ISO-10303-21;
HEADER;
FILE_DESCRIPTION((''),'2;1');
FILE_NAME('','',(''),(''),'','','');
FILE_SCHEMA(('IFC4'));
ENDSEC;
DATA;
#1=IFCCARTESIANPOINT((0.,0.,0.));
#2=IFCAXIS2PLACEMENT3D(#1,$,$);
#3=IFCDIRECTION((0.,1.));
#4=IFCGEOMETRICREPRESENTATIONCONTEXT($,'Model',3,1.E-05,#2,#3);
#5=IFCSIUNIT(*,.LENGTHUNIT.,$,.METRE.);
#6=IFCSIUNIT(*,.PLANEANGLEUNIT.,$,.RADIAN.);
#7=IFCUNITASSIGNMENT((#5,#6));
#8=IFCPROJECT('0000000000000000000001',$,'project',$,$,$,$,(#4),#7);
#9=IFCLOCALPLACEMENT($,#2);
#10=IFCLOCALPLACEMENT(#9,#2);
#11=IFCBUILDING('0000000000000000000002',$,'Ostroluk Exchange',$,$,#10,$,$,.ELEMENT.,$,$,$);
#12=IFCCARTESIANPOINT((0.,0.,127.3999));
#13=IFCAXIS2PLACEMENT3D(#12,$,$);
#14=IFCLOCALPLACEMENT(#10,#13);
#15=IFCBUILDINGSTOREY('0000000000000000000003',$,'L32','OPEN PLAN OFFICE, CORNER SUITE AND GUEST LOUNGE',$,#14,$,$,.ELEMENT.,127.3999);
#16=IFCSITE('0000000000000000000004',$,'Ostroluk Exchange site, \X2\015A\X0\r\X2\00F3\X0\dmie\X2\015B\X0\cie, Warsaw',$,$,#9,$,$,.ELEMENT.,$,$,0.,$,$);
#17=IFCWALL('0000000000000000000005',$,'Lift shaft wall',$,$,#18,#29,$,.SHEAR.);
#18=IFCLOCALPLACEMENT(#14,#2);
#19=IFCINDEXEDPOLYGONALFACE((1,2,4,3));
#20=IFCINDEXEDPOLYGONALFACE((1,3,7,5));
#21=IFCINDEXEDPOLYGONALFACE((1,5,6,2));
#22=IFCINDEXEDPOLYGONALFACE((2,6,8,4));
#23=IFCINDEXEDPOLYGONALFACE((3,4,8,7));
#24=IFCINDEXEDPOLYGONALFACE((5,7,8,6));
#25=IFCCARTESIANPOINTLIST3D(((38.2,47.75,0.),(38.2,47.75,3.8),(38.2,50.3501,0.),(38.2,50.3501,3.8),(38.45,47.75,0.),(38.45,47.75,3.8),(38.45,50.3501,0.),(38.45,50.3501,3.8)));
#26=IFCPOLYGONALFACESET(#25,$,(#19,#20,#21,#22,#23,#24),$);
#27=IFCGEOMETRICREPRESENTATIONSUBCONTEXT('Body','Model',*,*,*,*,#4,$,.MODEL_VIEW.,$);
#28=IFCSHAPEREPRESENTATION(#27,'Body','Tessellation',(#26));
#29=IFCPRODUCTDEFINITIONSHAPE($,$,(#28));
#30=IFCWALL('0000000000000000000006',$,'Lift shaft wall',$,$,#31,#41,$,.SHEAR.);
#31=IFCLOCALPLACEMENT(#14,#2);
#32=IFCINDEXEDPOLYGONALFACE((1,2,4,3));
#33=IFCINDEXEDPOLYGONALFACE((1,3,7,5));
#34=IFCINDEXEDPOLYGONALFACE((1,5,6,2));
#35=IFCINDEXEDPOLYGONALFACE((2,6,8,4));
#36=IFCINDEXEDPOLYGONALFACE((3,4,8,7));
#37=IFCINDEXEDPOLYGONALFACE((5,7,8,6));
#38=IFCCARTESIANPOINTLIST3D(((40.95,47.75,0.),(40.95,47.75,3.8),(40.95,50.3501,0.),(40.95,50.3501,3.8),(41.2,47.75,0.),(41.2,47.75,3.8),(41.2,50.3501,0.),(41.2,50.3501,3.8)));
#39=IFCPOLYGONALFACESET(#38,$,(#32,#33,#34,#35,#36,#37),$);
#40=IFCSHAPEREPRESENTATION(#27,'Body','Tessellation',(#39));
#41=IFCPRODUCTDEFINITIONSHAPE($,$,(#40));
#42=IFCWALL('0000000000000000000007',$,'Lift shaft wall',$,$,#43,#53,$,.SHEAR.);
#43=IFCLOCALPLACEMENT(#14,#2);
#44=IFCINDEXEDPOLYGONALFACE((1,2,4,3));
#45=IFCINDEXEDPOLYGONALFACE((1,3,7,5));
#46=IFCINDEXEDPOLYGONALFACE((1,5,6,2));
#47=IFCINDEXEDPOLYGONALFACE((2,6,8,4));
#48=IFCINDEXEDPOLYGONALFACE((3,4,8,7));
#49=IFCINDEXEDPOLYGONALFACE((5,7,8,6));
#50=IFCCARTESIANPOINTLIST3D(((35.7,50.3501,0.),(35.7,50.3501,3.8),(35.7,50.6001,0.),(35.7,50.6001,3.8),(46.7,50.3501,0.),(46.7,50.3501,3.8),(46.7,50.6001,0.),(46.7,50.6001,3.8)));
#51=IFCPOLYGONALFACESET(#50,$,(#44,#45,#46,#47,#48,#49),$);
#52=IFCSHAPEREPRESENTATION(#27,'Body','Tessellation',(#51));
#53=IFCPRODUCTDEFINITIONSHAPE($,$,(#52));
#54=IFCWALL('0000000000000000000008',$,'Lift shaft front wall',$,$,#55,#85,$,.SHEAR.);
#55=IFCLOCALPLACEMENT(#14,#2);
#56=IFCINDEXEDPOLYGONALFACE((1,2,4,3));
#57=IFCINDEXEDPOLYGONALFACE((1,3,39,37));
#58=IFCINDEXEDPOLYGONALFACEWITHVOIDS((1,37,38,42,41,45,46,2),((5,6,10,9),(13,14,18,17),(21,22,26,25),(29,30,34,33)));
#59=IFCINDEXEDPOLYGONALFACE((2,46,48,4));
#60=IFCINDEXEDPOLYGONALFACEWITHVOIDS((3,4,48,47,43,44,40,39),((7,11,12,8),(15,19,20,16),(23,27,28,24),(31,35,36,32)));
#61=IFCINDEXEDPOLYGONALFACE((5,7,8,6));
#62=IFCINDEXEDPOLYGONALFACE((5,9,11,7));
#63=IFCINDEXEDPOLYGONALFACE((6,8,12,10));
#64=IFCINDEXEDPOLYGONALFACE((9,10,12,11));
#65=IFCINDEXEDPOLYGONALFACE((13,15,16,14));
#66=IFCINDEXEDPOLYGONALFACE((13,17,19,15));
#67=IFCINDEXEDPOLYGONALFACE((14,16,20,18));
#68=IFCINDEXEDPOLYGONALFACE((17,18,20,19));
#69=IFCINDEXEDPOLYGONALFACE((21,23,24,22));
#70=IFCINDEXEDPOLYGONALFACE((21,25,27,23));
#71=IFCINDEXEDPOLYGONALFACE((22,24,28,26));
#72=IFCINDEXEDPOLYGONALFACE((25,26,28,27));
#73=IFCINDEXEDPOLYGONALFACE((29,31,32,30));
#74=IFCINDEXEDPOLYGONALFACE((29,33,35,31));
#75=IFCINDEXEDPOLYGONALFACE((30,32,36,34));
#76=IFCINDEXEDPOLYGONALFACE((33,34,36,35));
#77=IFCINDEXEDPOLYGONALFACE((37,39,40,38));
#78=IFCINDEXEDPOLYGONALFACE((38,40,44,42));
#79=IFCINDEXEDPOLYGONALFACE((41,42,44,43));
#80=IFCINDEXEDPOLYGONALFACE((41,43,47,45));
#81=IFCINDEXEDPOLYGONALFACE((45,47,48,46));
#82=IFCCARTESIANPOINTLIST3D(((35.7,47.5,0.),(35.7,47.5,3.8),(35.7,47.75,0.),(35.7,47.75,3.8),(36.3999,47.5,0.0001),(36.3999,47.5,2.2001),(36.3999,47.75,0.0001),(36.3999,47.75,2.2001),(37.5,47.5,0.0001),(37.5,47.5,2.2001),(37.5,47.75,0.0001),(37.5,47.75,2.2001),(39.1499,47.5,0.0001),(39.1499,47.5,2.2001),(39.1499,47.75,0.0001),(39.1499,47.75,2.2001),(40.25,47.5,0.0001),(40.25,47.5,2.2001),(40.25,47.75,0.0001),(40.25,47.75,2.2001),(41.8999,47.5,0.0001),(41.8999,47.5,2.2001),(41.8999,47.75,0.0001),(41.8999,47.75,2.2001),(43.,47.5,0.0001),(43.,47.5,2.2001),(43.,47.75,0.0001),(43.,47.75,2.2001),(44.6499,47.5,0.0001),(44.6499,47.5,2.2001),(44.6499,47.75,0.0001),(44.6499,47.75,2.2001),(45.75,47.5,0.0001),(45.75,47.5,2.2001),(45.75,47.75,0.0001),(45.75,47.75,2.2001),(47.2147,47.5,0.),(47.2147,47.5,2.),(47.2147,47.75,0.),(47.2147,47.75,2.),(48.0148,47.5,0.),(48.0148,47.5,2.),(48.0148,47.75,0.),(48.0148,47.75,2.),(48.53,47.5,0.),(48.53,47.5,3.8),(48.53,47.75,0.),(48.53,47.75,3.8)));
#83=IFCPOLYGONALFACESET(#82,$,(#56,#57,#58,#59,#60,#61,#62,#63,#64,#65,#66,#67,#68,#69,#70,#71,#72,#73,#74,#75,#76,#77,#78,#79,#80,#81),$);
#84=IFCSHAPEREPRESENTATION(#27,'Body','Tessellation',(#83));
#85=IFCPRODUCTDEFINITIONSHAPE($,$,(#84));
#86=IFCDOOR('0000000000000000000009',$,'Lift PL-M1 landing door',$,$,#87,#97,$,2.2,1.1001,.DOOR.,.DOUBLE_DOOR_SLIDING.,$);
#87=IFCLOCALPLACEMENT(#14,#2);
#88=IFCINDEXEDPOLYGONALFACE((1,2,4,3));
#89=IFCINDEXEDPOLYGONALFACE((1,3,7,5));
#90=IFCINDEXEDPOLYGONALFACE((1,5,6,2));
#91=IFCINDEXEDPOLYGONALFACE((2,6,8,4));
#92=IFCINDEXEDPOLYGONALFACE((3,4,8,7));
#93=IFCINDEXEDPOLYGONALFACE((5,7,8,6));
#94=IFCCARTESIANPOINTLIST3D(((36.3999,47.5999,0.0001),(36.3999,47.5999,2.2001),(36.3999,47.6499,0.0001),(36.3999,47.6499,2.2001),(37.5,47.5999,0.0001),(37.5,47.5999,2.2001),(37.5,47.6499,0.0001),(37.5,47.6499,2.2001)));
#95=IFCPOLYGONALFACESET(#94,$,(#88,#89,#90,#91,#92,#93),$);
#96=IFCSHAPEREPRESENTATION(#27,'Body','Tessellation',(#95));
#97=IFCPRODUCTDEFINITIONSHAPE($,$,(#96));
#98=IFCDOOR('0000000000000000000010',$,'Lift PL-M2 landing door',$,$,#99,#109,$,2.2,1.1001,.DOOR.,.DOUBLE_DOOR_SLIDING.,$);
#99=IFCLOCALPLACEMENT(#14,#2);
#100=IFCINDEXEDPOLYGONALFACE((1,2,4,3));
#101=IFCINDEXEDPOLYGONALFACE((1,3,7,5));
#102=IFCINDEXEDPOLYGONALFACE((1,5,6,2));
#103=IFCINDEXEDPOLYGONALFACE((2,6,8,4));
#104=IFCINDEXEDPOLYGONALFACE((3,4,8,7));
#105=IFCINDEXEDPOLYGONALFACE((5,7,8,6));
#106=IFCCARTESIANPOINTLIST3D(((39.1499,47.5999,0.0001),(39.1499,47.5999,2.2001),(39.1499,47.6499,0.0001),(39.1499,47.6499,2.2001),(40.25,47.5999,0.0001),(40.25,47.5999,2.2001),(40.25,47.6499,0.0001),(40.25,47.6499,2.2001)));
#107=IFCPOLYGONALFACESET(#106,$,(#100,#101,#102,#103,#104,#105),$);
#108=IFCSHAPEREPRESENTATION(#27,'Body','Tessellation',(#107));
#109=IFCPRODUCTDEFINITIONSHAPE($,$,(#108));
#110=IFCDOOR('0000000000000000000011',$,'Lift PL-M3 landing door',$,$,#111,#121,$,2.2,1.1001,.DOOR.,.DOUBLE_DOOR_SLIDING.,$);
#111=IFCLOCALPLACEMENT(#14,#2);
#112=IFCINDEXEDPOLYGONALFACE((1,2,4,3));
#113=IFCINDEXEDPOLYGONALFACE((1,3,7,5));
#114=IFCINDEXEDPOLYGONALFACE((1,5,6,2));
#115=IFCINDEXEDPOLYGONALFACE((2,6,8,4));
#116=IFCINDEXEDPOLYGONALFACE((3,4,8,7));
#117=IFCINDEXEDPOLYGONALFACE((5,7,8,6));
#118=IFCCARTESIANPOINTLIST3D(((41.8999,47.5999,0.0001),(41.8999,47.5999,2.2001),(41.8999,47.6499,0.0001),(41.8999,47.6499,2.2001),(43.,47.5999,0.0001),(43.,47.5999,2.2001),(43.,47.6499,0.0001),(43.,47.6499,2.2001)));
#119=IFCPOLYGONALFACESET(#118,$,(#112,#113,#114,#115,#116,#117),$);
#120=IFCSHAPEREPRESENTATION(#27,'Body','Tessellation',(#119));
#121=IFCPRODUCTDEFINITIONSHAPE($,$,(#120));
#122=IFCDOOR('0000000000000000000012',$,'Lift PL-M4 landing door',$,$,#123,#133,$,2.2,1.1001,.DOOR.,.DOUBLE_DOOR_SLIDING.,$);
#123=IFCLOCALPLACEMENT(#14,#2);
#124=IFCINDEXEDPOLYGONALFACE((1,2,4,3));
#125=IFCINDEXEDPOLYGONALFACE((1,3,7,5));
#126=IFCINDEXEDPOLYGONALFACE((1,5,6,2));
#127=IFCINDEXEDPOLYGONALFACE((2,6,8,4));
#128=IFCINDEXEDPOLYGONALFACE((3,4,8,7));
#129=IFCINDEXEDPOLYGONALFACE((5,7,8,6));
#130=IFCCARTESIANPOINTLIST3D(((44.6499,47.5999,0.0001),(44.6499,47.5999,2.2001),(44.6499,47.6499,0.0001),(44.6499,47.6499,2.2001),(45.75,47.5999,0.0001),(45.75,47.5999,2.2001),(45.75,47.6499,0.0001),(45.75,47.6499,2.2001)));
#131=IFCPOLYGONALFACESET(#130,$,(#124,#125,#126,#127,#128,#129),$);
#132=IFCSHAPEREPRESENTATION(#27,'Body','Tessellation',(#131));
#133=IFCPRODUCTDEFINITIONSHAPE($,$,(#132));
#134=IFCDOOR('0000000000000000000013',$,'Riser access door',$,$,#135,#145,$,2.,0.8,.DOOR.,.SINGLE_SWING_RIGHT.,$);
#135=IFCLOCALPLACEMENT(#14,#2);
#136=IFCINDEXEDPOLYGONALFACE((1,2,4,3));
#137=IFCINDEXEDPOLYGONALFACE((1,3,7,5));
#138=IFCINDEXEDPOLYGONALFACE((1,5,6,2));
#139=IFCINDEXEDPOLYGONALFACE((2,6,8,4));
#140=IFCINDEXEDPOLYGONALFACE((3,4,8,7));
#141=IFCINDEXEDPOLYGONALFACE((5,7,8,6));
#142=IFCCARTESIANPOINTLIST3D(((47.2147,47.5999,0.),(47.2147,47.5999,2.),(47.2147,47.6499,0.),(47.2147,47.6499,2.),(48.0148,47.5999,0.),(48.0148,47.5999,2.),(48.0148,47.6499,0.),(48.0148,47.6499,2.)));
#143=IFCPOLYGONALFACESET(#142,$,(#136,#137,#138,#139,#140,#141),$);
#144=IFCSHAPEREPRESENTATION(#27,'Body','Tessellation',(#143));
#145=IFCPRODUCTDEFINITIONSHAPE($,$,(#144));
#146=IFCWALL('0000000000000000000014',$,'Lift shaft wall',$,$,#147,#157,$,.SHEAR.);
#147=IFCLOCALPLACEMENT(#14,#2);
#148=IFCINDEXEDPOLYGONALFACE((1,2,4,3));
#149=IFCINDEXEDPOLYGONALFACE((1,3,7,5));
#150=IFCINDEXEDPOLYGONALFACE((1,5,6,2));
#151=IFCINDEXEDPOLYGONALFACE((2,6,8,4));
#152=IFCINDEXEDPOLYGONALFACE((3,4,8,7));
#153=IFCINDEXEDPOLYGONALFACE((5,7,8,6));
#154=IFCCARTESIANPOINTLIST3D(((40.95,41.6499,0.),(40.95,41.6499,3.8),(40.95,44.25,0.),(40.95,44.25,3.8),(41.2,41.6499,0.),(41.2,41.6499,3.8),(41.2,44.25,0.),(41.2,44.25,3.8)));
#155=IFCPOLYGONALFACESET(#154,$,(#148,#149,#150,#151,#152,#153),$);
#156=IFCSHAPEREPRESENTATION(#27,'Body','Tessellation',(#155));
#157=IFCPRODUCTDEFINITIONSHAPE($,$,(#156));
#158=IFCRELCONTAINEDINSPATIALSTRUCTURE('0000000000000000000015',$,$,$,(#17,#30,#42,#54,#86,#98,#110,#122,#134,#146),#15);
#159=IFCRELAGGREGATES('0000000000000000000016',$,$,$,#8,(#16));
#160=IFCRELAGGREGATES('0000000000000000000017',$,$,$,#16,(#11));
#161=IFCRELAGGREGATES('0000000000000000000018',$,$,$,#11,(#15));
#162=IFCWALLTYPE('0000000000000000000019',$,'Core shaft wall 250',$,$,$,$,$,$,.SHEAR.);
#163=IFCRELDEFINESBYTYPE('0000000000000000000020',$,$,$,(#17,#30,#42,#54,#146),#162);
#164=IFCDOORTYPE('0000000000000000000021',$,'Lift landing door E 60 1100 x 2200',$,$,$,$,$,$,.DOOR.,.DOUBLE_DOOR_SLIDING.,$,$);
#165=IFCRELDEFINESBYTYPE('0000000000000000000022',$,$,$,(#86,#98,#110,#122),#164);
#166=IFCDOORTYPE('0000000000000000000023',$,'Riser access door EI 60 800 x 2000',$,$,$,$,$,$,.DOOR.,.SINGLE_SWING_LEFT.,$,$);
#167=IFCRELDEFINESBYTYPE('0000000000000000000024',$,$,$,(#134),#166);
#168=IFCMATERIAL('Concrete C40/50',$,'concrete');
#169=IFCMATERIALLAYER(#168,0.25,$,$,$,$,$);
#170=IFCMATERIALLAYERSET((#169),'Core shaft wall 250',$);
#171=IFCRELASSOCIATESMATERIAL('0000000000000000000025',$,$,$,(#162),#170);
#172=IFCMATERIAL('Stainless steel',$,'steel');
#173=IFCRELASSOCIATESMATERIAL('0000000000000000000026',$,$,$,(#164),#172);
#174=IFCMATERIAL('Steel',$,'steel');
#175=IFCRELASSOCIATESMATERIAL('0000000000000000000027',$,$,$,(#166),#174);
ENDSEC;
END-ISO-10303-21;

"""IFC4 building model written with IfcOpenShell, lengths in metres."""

from ifc_helpers import new_model, si_unit, direction, frame, frame_2d, origin, place, context, subcontext, project, spatial, rectangle, extrude, material, layer, layer_set, type_object, element, fill, save


model = new_model("IFC4")

# Units and contexts
model_context = context("Model", 3, precision=1e-05, world=origin(), true_north=direction((0.0, 1.0)))
body_context = subcontext(model_context, "Body", "Model", "MODEL_VIEW")
ifc_project = project(units=[si_unit("LENGTHUNIT", "METRE"), si_unit("PLANEANGLEUNIT", "RADIAN")], contexts=[model_context])

# Site, building, storey
site_placement = place(None, origin())
site = spatial("IfcSite", under=ifc_project, at=site_placement, Name="Ostroluk Exchange site, Śródmieście, Warsaw", CompositionType="ELEMENT", RefElevation=0.0)
building_placement = place(site_placement, origin())
building = spatial("IfcBuilding", under=site, at=building_placement, Name="Ostroluk Exchange", CompositionType="ELEMENT")
storey_placement = place(building_placement, frame((0.0, 0.0, 127.3999)))
storey = spatial("IfcBuildingStorey", under=building, at=storey_placement, Name="L32", Description="OPEN PLAN OFFICE, CORNER SUITE AND GUEST LOUNGE", CompositionType="ELEMENT", Elevation=127.3999)

# Walls
ifc_material_1 = material(Name="Concrete C40/50", Category="concrete")
ifc_layer = layer(ifc_material_1, 0.25)
ifc_layer_set = layer_set([ifc_layer], Name="Core shaft wall 250")
wall_type = type_object("IfcWallType", Name="Core shaft wall 250", PredefinedType="SHEAR", material=ifc_layer_set)
for number, where, z_axis, x_axis, name in (
    (1, (38.325, 47.75, 0.0), (0.0, 0.0, 1.0), (0.0, 1.0, 0.0), "Lift shaft wall"),
    (2, (41.075, 47.75, 0.0), (0.0, 0.0, 1.0), (0.0, 1.0, 0.0), "Lift shaft wall"),
):
    element("IfcWall", number, at=place(storey_placement, frame(where, z_axis=z_axis, x_axis=x_axis)), inside=storey, type_object=wall_type, Name=name, PredefinedType="SHEAR", context=body_context, shape_type="SweptSolid", body=[
        extrude(rectangle(XDim=2.6001, YDim=0.25, at=frame_2d((1.3, 0.0))), origin(), (0.0, 0.0, 1.0), 3.8),
    ])
wall_1_placement = place(storey_placement, frame((35.7, 50.4751, 0.0), z_axis=(0.0, 0.0, 1.0), x_axis=(1.0, 0.0, 0.0)))
element("IfcWall", 3, at=wall_1_placement, inside=storey, type_object=wall_type, Name="Lift shaft wall", PredefinedType="SHEAR", context=body_context, shape_type="SweptSolid", body=[
    extrude(rectangle(XDim=11.0, YDim=0.25, at=frame_2d((5.5, 0.0))), origin(), (0.0, 0.0, 1.0), 3.8),
])

# Wall, openings, doors
wall_2_placement = place(storey_placement, frame((35.7, 47.625, 0.0), z_axis=(0.0, 0.0, 1.0), x_axis=(1.0, 0.0, 0.0)))
wall_2 = element("IfcWall", 4, at=wall_2_placement, inside=storey, type_object=wall_type, Name="Lift shaft front wall", PredefinedType="SHEAR", context=body_context, shape_type="SweptSolid", body=[
    extrude(rectangle(XDim=12.8301, YDim=0.25, at=frame_2d((6.415, 0.0))), origin(), (0.0, 0.0, 1.0), 3.8),
])
opening_1_placement = place(wall_2_placement, frame((0.7, 0.0, 0.0)))
opening_1 = element("IfcOpeningElement", 5, at=opening_1_placement, cuts=wall_2, PredefinedType="OPENING", context=body_context, shape_type="SweptSolid", body=[
    extrude(rectangle(XDim=1.1001, YDim=2.2, at=frame_2d((0.55, 1.1001))), frame((0.0, 0.135, 0.0), z_axis=(0.0, -1.0, 0.0), x_axis=(1.0, 0.0, 0.0)), (0.0, 0.0, 1.0), 0.27),
])
opening_2_placement = place(wall_2_placement, frame((3.45, 0.0, 0.0)))
opening_2 = element("IfcOpeningElement", 6, at=opening_2_placement, cuts=wall_2, PredefinedType="OPENING", context=body_context, shape_type="SweptSolid", body=[
    extrude(rectangle(XDim=1.1001, YDim=2.2, at=frame_2d((0.55, 1.1001))), frame((0.0, 0.135, 0.0), z_axis=(0.0, -1.0, 0.0), x_axis=(1.0, 0.0, 0.0)), (0.0, 0.0, 1.0), 0.27),
])
opening_3_placement = place(wall_2_placement, frame((6.2, 0.0, 0.0)))
opening_3 = element("IfcOpeningElement", 7, at=opening_3_placement, cuts=wall_2, PredefinedType="OPENING", context=body_context, shape_type="SweptSolid", body=[
    extrude(rectangle(XDim=1.1001, YDim=2.2, at=frame_2d((0.55, 1.1001))), frame((0.0, 0.135, 0.0), z_axis=(0.0, -1.0, 0.0), x_axis=(1.0, 0.0, 0.0)), (0.0, 0.0, 1.0), 0.27),
])
opening_4_placement = place(wall_2_placement, frame((8.95, 0.0, 0.0)))
opening_4 = element("IfcOpeningElement", 8, at=opening_4_placement, cuts=wall_2, PredefinedType="OPENING", context=body_context, shape_type="SweptSolid", body=[
    extrude(rectangle(XDim=1.1001, YDim=2.2, at=frame_2d((0.55, 1.1001))), frame((0.0, 0.135, 0.0), z_axis=(0.0, -1.0, 0.0), x_axis=(1.0, 0.0, 0.0)), (0.0, 0.0, 1.0), 0.27),
])
opening_5_placement = place(wall_2_placement, frame((11.5149, 0.0, 0.0)))
opening_5 = element("IfcOpeningElement", 9, at=opening_5_placement, cuts=wall_2, PredefinedType="OPENING", context=body_context, shape_type="SweptSolid", body=[
    extrude(rectangle(XDim=0.8, YDim=2.0, at=frame_2d((0.3999, 1.0))), frame((0.0, 0.135, 0.0), z_axis=(0.0, -1.0, 0.0), x_axis=(1.0, 0.0, 0.0)), (0.0, 0.0, 1.0), 0.27),
])
ifc_material_2 = material(Name="Stainless steel", Category="steel")
door_type_1 = type_object("IfcDoorType", Name="Lift landing door E 60 1100 x 2200", OperationType="DOUBLE_DOOR_SLIDING", PredefinedType="DOOR", material=ifc_material_2)
door_1_placement = place(opening_1_placement, origin())
door_1 = element("IfcDoor", 10, at=door_1_placement, inside=storey, type_object=door_type_1, Name="Lift PL-M1 landing door", OperationType="DOUBLE_DOOR_SLIDING", OverallHeight=2.2, OverallWidth=1.1001, PredefinedType="DOOR", context=body_context, shape_type="SweptSolid", body=[
    extrude(rectangle(XDim=1.1001, YDim=2.2, at=frame_2d((0.55, 1.1001))), frame((0.0, 0.0249, 0.0), z_axis=(0.0, -1.0, 0.0), x_axis=(1.0, 0.0, 0.0)), (0.0, 0.0, 1.0), 0.05),
])
fill(opening_1, door_1)
door_2_placement = place(opening_2_placement, origin())
door_2 = element("IfcDoor", 11, at=door_2_placement, inside=storey, type_object=door_type_1, Name="Lift PL-M2 landing door", OperationType="DOUBLE_DOOR_SLIDING", OverallHeight=2.2, OverallWidth=1.1001, PredefinedType="DOOR", context=body_context, shape_type="SweptSolid", body=[
    extrude(rectangle(XDim=1.1001, YDim=2.2, at=frame_2d((0.55, 1.1001))), frame((0.0, 0.0249, 0.0), z_axis=(0.0, -1.0, 0.0), x_axis=(1.0, 0.0, 0.0)), (0.0, 0.0, 1.0), 0.05),
])
fill(opening_2, door_2)
door_3_placement = place(opening_3_placement, origin())
door_3 = element("IfcDoor", 12, at=door_3_placement, inside=storey, type_object=door_type_1, Name="Lift PL-M3 landing door", OperationType="DOUBLE_DOOR_SLIDING", OverallHeight=2.2, OverallWidth=1.1001, PredefinedType="DOOR", context=body_context, shape_type="SweptSolid", body=[
    extrude(rectangle(XDim=1.1001, YDim=2.2, at=frame_2d((0.55, 1.1001))), frame((0.0, 0.0249, 0.0), z_axis=(0.0, -1.0, 0.0), x_axis=(1.0, 0.0, 0.0)), (0.0, 0.0, 1.0), 0.05),
])
fill(opening_3, door_3)
door_4_placement = place(opening_4_placement, origin())
door_4 = element("IfcDoor", 13, at=door_4_placement, inside=storey, type_object=door_type_1, Name="Lift PL-M4 landing door", OperationType="DOUBLE_DOOR_SLIDING", OverallHeight=2.2, OverallWidth=1.1001, PredefinedType="DOOR", context=body_context, shape_type="SweptSolid", body=[
    extrude(rectangle(XDim=1.1001, YDim=2.2, at=frame_2d((0.55, 1.1001))), frame((0.0, 0.0249, 0.0), z_axis=(0.0, -1.0, 0.0), x_axis=(1.0, 0.0, 0.0)), (0.0, 0.0, 1.0), 0.05),
])
fill(opening_4, door_4)
ifc_material_3 = material(Name="Steel", Category="steel")
door_type_2 = type_object("IfcDoorType", Name="Riser access door EI 60 800 x 2000", OperationType="SINGLE_SWING_LEFT", PredefinedType="DOOR", material=ifc_material_3)
door_5_placement = place(opening_5_placement, origin())
door_5 = element("IfcDoor", 14, at=door_5_placement, inside=storey, type_object=door_type_2, Name="Riser access door", OperationType="SINGLE_SWING_RIGHT", OverallHeight=2.0, OverallWidth=0.8, PredefinedType="DOOR", context=body_context, shape_type="SweptSolid", body=[
    extrude(rectangle(XDim=0.8, YDim=2.0, at=frame_2d((0.3999, 1.0))), frame((0.0, 0.0249, 0.0), z_axis=(0.0, -1.0, 0.0), x_axis=(1.0, 0.0, 0.0)), (0.0, 0.0, 1.0), 0.05),
])
fill(opening_5, door_5)

# Wall
wall_3_placement = place(storey_placement, frame((41.075, 44.25, 0.0), z_axis=(0.0, 0.0, 1.0), x_axis=(0.0, -1.0, 0.0)))
element("IfcWall", 15, at=wall_3_placement, inside=storey, type_object=wall_type, Name="Lift shaft wall", PredefinedType="SHEAR", context=body_context, shape_type="SweptSolid", body=[
    extrude(rectangle(XDim=2.6001, YDim=0.25, at=frame_2d((1.3, 0.0))), origin(), (0.0, 0.0, 1.0), 3.8),
])

save(model, "model.ifc")
